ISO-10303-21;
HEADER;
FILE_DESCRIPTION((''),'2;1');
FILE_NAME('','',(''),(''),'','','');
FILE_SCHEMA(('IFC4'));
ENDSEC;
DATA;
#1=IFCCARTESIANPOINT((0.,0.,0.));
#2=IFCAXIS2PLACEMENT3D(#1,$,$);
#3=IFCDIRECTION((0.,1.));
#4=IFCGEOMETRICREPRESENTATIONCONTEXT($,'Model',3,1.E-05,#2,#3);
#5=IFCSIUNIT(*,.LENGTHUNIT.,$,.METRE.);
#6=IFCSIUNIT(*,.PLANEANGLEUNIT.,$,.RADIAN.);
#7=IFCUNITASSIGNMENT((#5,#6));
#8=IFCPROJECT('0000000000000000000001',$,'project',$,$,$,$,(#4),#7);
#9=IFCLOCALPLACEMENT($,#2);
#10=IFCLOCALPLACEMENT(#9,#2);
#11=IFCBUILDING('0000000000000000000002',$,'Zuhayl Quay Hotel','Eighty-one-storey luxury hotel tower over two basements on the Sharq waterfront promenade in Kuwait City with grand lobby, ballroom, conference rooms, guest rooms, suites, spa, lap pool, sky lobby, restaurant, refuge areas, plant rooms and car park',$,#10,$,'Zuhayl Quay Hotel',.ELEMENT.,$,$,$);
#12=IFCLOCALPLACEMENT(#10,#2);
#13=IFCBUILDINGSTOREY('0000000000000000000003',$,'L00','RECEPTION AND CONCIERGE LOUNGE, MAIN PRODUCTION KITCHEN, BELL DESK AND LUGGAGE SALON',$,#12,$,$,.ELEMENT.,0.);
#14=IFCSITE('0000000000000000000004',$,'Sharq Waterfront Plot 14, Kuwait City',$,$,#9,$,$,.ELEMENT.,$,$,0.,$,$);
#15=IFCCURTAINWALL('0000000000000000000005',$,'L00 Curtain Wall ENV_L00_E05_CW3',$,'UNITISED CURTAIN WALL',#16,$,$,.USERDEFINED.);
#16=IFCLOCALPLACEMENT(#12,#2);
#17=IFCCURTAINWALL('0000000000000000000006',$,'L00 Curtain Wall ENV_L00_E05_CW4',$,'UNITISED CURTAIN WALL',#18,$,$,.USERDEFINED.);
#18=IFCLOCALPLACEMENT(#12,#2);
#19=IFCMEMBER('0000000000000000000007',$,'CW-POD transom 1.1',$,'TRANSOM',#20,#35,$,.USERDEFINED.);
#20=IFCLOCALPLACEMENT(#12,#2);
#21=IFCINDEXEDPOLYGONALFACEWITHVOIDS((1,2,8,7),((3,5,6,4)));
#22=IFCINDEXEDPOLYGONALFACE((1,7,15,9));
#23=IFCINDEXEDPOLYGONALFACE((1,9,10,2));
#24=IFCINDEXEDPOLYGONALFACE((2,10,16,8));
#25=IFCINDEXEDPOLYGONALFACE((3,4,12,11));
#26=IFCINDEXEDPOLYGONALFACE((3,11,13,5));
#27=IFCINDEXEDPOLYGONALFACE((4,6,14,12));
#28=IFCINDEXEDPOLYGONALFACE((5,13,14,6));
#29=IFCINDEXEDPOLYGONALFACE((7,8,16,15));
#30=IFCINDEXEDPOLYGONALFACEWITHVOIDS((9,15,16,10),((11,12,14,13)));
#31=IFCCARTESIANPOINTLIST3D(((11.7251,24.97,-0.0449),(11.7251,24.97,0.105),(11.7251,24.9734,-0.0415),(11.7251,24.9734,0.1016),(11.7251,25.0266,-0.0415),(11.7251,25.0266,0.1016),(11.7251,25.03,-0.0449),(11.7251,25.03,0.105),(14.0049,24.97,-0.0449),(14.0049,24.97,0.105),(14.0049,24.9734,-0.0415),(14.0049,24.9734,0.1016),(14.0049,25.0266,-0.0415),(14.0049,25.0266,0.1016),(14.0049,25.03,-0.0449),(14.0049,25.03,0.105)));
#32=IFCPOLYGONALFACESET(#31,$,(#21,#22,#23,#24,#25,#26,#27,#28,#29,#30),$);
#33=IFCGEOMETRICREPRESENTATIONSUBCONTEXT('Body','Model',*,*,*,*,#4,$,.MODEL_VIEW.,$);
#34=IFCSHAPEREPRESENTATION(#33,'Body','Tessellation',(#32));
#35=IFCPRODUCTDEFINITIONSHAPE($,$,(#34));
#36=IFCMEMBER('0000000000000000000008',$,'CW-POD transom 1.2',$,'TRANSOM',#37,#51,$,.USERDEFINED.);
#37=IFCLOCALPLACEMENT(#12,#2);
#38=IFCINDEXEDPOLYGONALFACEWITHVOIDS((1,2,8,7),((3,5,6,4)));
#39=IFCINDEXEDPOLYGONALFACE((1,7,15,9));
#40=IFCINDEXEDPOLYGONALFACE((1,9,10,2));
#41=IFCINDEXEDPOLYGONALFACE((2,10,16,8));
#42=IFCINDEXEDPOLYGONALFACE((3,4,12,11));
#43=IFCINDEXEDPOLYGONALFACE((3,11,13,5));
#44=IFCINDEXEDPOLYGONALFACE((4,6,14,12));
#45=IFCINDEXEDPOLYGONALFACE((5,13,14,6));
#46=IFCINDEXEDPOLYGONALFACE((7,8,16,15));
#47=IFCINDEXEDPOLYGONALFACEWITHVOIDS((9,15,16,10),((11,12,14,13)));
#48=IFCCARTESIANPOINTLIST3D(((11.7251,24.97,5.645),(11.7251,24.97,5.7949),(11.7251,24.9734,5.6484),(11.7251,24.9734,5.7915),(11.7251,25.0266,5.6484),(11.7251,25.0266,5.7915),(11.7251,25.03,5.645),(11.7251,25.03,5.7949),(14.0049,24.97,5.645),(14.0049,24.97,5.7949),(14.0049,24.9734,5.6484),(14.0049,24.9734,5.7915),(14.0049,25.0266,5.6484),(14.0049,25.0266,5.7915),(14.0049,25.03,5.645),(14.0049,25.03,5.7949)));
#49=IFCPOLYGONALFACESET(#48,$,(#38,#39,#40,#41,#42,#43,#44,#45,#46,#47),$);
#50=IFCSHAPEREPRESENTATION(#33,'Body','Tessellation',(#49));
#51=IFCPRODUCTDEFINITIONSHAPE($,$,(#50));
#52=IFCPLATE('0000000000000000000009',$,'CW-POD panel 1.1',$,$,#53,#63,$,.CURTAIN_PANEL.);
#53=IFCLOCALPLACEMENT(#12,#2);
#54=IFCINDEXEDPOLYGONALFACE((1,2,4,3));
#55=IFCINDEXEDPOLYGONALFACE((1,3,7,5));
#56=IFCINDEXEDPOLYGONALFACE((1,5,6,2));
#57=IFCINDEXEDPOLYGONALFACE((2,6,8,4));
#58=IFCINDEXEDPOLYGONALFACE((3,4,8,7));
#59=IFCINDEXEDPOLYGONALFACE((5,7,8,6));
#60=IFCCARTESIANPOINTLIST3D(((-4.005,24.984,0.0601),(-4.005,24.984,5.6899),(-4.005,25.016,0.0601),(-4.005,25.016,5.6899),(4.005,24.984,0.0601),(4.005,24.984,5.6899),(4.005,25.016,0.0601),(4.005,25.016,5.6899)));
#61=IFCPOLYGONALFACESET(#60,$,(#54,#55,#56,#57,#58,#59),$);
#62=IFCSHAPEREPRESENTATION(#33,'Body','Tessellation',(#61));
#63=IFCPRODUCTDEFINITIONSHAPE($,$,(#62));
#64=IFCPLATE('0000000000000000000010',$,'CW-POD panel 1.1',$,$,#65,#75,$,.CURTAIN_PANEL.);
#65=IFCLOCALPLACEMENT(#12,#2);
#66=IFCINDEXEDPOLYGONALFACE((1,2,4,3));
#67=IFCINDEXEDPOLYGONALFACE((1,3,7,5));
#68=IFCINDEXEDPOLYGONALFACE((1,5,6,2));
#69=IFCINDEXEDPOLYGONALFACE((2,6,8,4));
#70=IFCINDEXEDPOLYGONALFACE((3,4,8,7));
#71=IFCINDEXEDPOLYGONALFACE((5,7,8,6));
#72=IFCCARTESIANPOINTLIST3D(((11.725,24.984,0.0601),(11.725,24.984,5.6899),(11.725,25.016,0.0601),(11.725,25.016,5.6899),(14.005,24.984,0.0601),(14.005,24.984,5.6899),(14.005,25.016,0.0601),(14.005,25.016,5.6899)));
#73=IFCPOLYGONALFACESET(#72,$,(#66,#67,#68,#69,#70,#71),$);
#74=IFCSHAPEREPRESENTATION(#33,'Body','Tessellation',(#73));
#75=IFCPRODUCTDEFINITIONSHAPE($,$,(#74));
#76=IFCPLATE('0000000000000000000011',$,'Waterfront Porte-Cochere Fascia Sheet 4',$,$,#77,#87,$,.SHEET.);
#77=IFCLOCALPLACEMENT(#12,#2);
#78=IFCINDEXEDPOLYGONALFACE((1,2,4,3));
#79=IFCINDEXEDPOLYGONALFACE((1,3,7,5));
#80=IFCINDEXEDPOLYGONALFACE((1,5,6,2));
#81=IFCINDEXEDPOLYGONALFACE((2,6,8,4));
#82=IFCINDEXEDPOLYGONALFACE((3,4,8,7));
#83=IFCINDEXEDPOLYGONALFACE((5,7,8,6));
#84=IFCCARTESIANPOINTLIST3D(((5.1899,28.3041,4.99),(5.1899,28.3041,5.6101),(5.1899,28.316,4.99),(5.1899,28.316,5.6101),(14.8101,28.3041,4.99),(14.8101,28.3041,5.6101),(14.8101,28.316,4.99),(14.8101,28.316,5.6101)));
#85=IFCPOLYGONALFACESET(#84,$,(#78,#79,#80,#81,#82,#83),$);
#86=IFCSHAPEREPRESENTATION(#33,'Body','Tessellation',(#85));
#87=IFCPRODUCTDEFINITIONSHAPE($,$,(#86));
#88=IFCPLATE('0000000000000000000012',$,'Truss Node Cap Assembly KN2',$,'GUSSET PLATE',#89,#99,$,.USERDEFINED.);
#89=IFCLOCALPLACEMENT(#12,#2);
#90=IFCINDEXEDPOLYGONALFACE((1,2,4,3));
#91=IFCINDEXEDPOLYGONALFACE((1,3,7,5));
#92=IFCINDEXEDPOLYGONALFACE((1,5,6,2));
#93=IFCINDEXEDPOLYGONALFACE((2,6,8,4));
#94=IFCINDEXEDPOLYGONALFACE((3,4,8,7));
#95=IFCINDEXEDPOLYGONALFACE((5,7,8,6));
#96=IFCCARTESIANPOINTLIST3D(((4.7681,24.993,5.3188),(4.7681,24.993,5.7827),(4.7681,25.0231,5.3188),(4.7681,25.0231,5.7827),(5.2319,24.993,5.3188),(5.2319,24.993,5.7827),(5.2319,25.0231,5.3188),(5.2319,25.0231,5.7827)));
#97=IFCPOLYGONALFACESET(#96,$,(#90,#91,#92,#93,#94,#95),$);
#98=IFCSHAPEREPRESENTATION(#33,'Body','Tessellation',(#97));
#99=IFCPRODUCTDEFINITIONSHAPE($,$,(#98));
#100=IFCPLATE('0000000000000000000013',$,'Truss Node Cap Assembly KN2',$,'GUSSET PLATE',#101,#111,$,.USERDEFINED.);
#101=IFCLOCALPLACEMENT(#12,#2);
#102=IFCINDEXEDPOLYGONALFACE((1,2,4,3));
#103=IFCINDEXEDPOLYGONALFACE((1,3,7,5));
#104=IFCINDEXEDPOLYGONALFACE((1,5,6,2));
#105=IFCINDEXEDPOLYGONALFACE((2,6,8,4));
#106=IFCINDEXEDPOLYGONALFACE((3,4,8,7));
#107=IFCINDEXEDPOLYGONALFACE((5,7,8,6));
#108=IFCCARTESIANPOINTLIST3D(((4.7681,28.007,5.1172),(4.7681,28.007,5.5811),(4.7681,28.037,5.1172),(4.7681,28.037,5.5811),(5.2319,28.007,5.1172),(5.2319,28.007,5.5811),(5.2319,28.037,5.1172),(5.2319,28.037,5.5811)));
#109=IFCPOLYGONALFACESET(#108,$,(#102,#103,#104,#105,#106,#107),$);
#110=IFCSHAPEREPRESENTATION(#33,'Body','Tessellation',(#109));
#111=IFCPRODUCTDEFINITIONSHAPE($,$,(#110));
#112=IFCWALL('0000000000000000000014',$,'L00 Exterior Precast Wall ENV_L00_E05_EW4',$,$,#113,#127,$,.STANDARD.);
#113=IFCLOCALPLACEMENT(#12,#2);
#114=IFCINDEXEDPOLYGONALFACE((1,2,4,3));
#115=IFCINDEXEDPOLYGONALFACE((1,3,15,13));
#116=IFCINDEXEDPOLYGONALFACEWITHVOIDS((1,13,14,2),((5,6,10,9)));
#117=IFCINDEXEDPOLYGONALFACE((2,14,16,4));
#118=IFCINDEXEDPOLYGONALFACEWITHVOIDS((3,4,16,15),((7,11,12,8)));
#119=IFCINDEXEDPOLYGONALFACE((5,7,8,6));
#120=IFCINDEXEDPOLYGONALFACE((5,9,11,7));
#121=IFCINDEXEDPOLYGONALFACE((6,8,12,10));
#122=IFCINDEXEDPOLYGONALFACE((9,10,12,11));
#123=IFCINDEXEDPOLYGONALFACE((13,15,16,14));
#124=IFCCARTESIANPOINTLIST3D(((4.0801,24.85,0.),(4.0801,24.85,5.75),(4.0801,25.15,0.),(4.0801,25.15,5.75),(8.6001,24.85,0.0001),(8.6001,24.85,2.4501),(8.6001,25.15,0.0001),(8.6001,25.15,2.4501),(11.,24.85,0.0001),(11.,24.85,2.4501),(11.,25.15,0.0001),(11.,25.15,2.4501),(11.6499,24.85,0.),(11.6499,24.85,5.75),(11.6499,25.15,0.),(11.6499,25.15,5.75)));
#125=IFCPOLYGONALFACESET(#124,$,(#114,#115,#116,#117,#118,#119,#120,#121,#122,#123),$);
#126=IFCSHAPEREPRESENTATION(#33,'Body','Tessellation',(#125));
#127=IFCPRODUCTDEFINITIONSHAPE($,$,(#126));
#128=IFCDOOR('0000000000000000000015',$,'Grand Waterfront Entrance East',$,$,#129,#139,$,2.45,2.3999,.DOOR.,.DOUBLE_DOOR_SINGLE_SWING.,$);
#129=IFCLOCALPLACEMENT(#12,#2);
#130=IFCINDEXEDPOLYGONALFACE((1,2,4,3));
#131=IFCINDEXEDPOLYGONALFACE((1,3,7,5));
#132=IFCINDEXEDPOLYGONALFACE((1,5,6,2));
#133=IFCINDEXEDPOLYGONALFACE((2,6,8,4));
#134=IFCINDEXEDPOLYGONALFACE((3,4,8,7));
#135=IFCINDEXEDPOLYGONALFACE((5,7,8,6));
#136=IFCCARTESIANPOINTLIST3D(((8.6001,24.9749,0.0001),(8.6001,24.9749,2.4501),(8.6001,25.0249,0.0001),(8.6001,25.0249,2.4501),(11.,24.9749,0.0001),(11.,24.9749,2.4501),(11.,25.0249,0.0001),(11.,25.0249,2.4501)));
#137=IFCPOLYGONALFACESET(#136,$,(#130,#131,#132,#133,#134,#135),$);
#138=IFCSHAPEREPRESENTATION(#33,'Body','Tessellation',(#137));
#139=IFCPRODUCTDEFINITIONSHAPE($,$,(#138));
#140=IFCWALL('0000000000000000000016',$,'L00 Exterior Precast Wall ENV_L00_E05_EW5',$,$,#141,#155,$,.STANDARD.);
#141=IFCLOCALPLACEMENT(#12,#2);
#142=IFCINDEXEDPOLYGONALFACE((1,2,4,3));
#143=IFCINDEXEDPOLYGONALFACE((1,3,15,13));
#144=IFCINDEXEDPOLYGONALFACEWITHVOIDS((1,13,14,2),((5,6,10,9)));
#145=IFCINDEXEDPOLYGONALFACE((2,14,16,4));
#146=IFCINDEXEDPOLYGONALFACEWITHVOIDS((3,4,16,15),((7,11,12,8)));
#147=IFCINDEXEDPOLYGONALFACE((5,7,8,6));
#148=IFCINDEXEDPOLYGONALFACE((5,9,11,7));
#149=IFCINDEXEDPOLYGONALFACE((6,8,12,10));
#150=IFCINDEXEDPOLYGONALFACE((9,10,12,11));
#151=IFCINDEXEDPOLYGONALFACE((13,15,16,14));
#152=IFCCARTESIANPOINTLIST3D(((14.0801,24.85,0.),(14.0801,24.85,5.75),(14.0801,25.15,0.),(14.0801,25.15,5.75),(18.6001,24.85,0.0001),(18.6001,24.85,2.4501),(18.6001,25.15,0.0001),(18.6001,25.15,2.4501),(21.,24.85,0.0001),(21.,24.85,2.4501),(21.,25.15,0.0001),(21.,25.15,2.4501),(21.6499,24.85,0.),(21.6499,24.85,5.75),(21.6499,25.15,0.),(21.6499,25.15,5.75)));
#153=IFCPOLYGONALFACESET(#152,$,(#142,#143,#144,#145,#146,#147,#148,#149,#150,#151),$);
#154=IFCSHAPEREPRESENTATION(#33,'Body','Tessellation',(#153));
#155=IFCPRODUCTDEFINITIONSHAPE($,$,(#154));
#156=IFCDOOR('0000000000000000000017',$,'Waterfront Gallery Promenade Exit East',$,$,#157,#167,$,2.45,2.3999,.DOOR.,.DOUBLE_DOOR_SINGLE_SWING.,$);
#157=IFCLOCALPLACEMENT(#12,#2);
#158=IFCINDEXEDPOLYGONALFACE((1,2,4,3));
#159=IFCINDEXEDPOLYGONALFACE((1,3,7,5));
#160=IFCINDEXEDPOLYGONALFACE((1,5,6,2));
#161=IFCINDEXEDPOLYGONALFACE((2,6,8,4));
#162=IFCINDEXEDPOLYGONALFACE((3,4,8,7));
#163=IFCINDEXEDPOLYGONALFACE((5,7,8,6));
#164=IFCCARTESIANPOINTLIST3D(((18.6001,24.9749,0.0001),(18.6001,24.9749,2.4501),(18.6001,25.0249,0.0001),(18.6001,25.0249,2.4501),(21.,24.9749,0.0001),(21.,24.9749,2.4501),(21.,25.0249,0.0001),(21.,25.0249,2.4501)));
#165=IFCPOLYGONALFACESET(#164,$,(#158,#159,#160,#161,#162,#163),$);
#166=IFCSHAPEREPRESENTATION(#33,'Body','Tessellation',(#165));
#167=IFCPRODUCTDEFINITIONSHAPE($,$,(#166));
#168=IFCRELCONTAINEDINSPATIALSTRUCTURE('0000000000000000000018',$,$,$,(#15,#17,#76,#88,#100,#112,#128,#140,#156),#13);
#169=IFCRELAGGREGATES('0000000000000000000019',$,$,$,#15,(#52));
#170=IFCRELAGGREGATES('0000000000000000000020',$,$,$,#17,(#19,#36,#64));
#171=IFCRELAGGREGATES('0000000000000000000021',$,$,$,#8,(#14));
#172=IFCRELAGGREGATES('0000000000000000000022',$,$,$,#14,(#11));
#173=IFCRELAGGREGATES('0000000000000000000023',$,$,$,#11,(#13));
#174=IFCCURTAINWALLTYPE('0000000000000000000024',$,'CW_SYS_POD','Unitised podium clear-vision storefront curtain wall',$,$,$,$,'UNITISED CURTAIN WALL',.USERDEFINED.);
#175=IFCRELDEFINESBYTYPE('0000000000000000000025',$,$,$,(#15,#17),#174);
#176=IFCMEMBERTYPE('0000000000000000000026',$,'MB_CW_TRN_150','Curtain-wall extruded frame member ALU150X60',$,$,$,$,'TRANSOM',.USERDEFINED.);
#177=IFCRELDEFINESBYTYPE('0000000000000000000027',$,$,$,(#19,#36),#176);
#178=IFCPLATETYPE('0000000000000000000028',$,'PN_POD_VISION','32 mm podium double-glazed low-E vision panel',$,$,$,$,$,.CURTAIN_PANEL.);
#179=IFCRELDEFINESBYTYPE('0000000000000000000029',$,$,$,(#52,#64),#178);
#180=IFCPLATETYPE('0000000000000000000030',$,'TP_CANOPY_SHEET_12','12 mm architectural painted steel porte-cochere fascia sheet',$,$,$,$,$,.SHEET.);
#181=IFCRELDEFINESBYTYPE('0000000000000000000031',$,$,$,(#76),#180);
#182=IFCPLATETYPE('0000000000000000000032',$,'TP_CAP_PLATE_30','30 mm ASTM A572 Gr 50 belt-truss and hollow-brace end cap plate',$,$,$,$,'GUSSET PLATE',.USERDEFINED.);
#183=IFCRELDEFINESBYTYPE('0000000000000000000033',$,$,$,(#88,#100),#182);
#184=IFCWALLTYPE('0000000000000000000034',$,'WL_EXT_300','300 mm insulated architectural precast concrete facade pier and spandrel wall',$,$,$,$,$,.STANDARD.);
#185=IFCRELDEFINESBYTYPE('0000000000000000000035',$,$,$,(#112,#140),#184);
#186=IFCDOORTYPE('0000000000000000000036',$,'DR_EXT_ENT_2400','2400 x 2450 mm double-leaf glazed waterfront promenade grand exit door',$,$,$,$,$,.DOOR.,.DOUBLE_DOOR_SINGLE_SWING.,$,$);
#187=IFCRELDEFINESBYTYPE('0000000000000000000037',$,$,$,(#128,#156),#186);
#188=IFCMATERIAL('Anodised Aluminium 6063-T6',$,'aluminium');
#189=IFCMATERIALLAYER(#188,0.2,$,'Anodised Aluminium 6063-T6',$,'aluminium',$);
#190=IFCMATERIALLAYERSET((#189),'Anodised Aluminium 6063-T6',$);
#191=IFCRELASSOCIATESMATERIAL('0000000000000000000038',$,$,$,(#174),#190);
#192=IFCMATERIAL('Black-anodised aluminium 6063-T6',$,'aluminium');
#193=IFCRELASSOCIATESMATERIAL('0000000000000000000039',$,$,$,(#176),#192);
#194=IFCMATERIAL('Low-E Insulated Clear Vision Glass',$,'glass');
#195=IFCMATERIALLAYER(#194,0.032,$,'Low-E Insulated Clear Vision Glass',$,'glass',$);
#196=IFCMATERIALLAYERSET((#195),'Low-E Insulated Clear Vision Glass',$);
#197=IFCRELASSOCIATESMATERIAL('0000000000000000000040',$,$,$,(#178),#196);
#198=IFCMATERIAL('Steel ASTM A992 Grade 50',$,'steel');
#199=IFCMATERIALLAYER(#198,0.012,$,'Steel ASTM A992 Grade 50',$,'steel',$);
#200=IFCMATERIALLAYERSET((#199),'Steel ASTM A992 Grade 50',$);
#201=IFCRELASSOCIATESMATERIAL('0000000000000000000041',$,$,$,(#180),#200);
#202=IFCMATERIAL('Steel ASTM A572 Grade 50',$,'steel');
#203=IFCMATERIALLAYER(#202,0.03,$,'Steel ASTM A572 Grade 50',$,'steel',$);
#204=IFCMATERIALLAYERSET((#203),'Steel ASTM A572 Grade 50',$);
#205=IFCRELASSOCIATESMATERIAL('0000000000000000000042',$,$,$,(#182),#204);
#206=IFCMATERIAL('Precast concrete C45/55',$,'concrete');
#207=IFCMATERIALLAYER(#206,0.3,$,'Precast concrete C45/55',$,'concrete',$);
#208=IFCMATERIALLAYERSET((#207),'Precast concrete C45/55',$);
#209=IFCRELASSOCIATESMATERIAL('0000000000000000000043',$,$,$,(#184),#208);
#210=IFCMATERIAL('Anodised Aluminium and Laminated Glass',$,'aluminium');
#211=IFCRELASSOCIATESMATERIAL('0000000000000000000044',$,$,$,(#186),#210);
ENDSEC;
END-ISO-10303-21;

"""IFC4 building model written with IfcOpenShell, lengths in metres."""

from ifc_helpers import new_model, si_unit, direction, frame, frame_2d, origin, origin_2d, place, context, subcontext, project, spatial, rectangle, hollow_rectangle, extrude, material, layer, layer_set, material_profile, profile_set, type_object, element, fill, aggregate, save


model = new_model("IFC4")

# Units and contexts
model_context = context("Model", 3, precision=1e-05, world=origin(), true_north=direction((0.0, 1.0)))
body_context = subcontext(model_context, "Body", "Model", "MODEL_VIEW")
ifc_project = project(units=[si_unit("LENGTHUNIT", "METRE"), si_unit("PLANEANGLEUNIT", "RADIAN")], contexts=[model_context])

# Site, building, storey
site_placement = place(None, origin())
site = spatial("IfcSite", under=ifc_project, at=site_placement, Name="Sharq Waterfront Plot 14, Kuwait City", CompositionType="ELEMENT", RefElevation=0.0)
building_placement = place(site_placement, origin())
building = spatial("IfcBuilding", under=site, at=building_placement, Name="Zuhayl Quay Hotel", Description="Eighty-one-storey luxury hotel tower over two basements on the Sharq waterfront promenade in Kuwait City with grand lobby, ballroom, conference rooms, guest rooms, suites, spa, lap pool, sky lobby, restaurant, refuge areas, plant rooms and car park", LongName="Zuhayl Quay Hotel", CompositionType="ELEMENT")
storey_placement = place(building_placement, origin())
storey = spatial("IfcBuildingStorey", under=building, at=storey_placement, Name="L00", Description="RECEPTION AND CONCIERGE LOUNGE, MAIN PRODUCTION KITCHEN, BELL DESK AND LUGGAGE SALON", CompositionType="ELEMENT", Elevation=0.0)

# Shared definitions
ifc_material_1 = material(Name="Steel ASTM A992 Grade 50", Category="steel")

# Curtain wall
ifc_material_2 = material(Name="Anodised Aluminium 6063-T6", Category="aluminium")
ifc_layer_1 = layer(ifc_material_2, 0.2, Name="Anodised Aluminium 6063-T6", Category="aluminium")
ifc_layer_set_1 = layer_set([ifc_layer_1], Name="Anodised Aluminium 6063-T6")
curtain_wall_type = type_object("IfcCurtainWallType", Name="CW_SYS_POD", Description="Unitised podium clear-vision storefront curtain wall", ElementType="UNITISED CURTAIN WALL", PredefinedType="USERDEFINED", material=ifc_layer_set_1)
curtain_wall_1_placement = place(storey_placement, origin())
curtain_wall_1 = element("IfcCurtainWall", 1, at=curtain_wall_1_placement, inside=storey, type_object=curtain_wall_type, Name="L00 Curtain Wall ENV_L00_E05_CW3", ObjectType="UNITISED CURTAIN WALL", PredefinedType="USERDEFINED")
ifc_material_3 = material(Name="Black-anodised aluminium 6063-T6", Category="aluminium")

# Curtain wall, members
curtain_wall_2_placement = place(storey_placement, origin())
curtain_wall_2 = element("IfcCurtainWall", 2, at=curtain_wall_2_placement, inside=storey, type_object=curtain_wall_type, Name="L00 Curtain Wall ENV_L00_E05_CW4", ObjectType="UNITISED CURTAIN WALL", PredefinedType="USERDEFINED")
ifc_material_profile_1 = material_profile(ifc_material_3, hollow_rectangle(XDim=0.0601, YDim=0.1499, WallThickness=0.0034, at=origin_2d()), Name="ALU150X60")
ifc_profile_set_1 = profile_set([ifc_material_profile_1], Name="Black-anodised aluminium 6063-T6")
member_type_1 = type_object("IfcMemberType", Name="MB_CW_TRN_150", Description="Curtain-wall extruded frame member ALU150X60", ElementType="TRANSOM", PredefinedType="USERDEFINED", material=ifc_profile_set_1)
member_1_placement = place(storey_placement, frame((11.7251, 25.0, 0.03), z_axis=(1.0, 0.0, 0.0), x_axis=(0.0, 1.0, 0.0)))
member_1 = element("IfcMember", 3, at=member_1_placement, type_object=member_type_1, Name="CW-POD transom 1.1", ObjectType="TRANSOM", PredefinedType="USERDEFINED", context=body_context, shape_type="SweptSolid", body=[
    extrude(hollow_rectangle(XDim=0.0601, YDim=0.1499, WallThickness=0.0034, at=origin_2d()), origin(), (0.0, 0.0, 1.0), 2.2798),
])
member_2_placement = place(storey_placement, frame((11.7251, 25.0, 5.72), z_axis=(1.0, 0.0, 0.0), x_axis=(0.0, 1.0, 0.0)))
member_2 = element("IfcMember", 4, at=member_2_placement, type_object=member_type_1, Name="CW-POD transom 1.2", ObjectType="TRANSOM", PredefinedType="USERDEFINED", context=body_context, shape_type="SweptSolid", body=[
    extrude(hollow_rectangle(XDim=0.0601, YDim=0.1499, WallThickness=0.0034, at=origin_2d()), origin(), (0.0, 0.0, 1.0), 2.2798),
])

# Plates
ifc_material_4 = material(Name="Low-E Insulated Clear Vision Glass", Category="glass")
ifc_layer_2 = layer(ifc_material_4, 0.032, Name="Low-E Insulated Clear Vision Glass", Category="glass")
ifc_layer_set_2 = layer_set([ifc_layer_2], Name="Low-E Insulated Clear Vision Glass")
plate_type_1 = type_object("IfcPlateType", Name="PN_POD_VISION", Description="32 mm podium double-glazed low-E vision panel", PredefinedType="CURTAIN_PANEL", material=ifc_layer_set_2)
plate_1_placement = place(storey_placement, frame((0.0, 25.0, 0.0601), z_axis=(0.0, 0.0, 1.0), x_axis=(1.0, 0.0, 0.0)))
plate_1 = element("IfcPlate", 5, at=plate_1_placement, type_object=plate_type_1, Name="CW-POD panel 1.1", PredefinedType="CURTAIN_PANEL", context=body_context, shape_type="SweptSolid", body=[
    extrude(rectangle(XDim=8.01, YDim=0.032, at=origin_2d()), origin(), (0.0, 0.0, 1.0), 5.6299),
])
aggregate(curtain_wall_1, [plate_1])
plate_2_placement = place(storey_placement, frame((12.865, 25.0, 0.0601), z_axis=(0.0, 0.0, 1.0), x_axis=(1.0, 0.0, 0.0)))
plate_2 = element("IfcPlate", 6, at=plate_2_placement, type_object=plate_type_1, Name="CW-POD panel 1.1", PredefinedType="CURTAIN_PANEL", context=body_context, shape_type="SweptSolid", body=[
    extrude(rectangle(XDim=2.28, YDim=0.032, at=origin_2d()), origin(), (0.0, 0.0, 1.0), 5.6299),
])
aggregate(curtain_wall_2, [member_1, member_2, plate_2])

# Plates
ifc_layer_3 = layer(ifc_material_1, 0.012, Name="Steel ASTM A992 Grade 50", Category="steel")
ifc_layer_set_3 = layer_set([ifc_layer_3], Name="Steel ASTM A992 Grade 50")
plate_type_2 = type_object("IfcPlateType", Name="TP_CANOPY_SHEET_12", Description="12 mm architectural painted steel porte-cochere fascia sheet", PredefinedType="SHEET", material=ifc_layer_set_3)
plate_3_placement = place(storey_placement, frame((10.0, 28.3101, 4.99), z_axis=(0.0, 0.0, 1.0), x_axis=(1.0, 0.0, 0.0)))
element("IfcPlate", 7, at=plate_3_placement, inside=storey, type_object=plate_type_2, Name="Waterfront Porte-Cochere Fascia Sheet 4", PredefinedType="SHEET", context=body_context, shape_type="SweptSolid", body=[
    extrude(rectangle(XDim=9.6201, YDim=0.012, at=origin_2d()), origin(), (0.0, 0.0, 1.0), 0.6201),
])
ifc_material_5 = material(Name="Steel ASTM A572 Grade 50", Category="steel")
ifc_layer_4 = layer(ifc_material_5, 0.03, Name="Steel ASTM A572 Grade 50", Category="steel")
ifc_layer_set_4 = layer_set([ifc_layer_4], Name="Steel ASTM A572 Grade 50")
plate_type_3 = type_object("IfcPlateType", Name="TP_CAP_PLATE_30", Description="30 mm ASTM A572 Gr 50 belt-truss and hollow-brace end cap plate", ElementType="GUSSET PLATE", PredefinedType="USERDEFINED", material=ifc_layer_set_4)
for number, where, z_axis, x_axis, name in (
    (8, (5.0, 25.0081, 5.3188), (0.0, 0.0, 1.0), (0.0, -1.0, 0.0), "Truss Node Cap Assembly KN2"),
    (9, (5.0, 28.022, 5.1172), (0.0, 0.0, 1.0), (0.0, 1.0, 0.0), "Truss Node Cap Assembly KN2"),
):
    element("IfcPlate", number, at=place(storey_placement, frame(where, z_axis=z_axis, x_axis=x_axis)), inside=storey, type_object=plate_type_3, Name=name, ObjectType="GUSSET PLATE", PredefinedType="USERDEFINED", context=body_context, shape_type="SweptSolid", body=[
        extrude(rectangle(XDim=0.03, YDim=0.4639, at=origin_2d()), origin(), (0.0, 0.0, 1.0), 0.4639),
    ])

# Walls, openings, doors
ifc_material_6 = material(Name="Precast concrete C45/55", Category="concrete")
ifc_layer_5 = layer(ifc_material_6, 0.3, Name="Precast concrete C45/55", Category="concrete")
ifc_layer_set_5 = layer_set([ifc_layer_5], Name="Precast concrete C45/55")
wall_type = type_object("IfcWallType", Name="WL_EXT_300", Description="300 mm insulated architectural precast concrete facade pier and spandrel wall", PredefinedType="STANDARD", material=ifc_layer_set_5)
wall_1_placement = place(storey_placement, frame((4.0801, 25.0, 0.0), z_axis=(0.0, 0.0, 1.0), x_axis=(1.0, 0.0, 0.0)))
wall_1 = element("IfcWall", 10, at=wall_1_placement, inside=storey, type_object=wall_type, Name="L00 Exterior Precast Wall ENV_L00_E05_EW4", PredefinedType="STANDARD", context=body_context, shape_type="SweptSolid", body=[
    extrude(rectangle(XDim=7.5698, YDim=0.3, at=frame_2d((3.7849, 0.0))), origin(), (0.0, 0.0, 1.0), 5.75),
])
opening_1_placement = place(wall_1_placement, frame((4.52, 0.0, 0.0)))
opening_1 = element("IfcOpeningElement", 11, at=opening_1_placement, cuts=wall_1, PredefinedType="OPENING", context=body_context, shape_type="SweptSolid", body=[
    extrude(rectangle(XDim=2.3999, YDim=2.45, at=frame_2d((1.2, 1.2251))), frame((0.0, 0.1599, 0.0), z_axis=(0.0, -1.0, 0.0), x_axis=(1.0, 0.0, 0.0)), (0.0, 0.0, 1.0), 0.3201),
])
ifc_material_7 = material(Name="Anodised Aluminium and Laminated Glass", Category="aluminium")
door_type = type_object("IfcDoorType", Name="DR_EXT_ENT_2400", Description="2400 x 2450 mm double-leaf glazed waterfront promenade grand exit door", OperationType="DOUBLE_DOOR_SINGLE_SWING", PredefinedType="DOOR", material=ifc_material_7)
door_1_placement = place(opening_1_placement, origin())
door_1 = element("IfcDoor", 12, at=door_1_placement, inside=storey, type_object=door_type, Name="Grand Waterfront Entrance East", OperationType="DOUBLE_DOOR_SINGLE_SWING", OverallHeight=2.45, OverallWidth=2.3999, PredefinedType="DOOR", context=body_context, shape_type="SweptSolid", body=[
    extrude(rectangle(XDim=2.3999, YDim=2.45, at=frame_2d((1.2, 1.2251))), frame((0.0, 0.0249, 0.0), z_axis=(0.0, -1.0, 0.0), x_axis=(1.0, 0.0, 0.0)), (0.0, 0.0, 1.0), 0.05),
])
fill(opening_1, door_1)
wall_2_placement = place(storey_placement, frame((14.0801, 25.0, 0.0), z_axis=(0.0, 0.0, 1.0), x_axis=(1.0, 0.0, 0.0)))
wall_2 = element("IfcWall", 13, at=wall_2_placement, inside=storey, type_object=wall_type, Name="L00 Exterior Precast Wall ENV_L00_E05_EW5", PredefinedType="STANDARD", context=body_context, shape_type="SweptSolid", body=[
    extrude(rectangle(XDim=7.5698, YDim=0.3, at=frame_2d((3.7849, 0.0))), origin(), (0.0, 0.0, 1.0), 5.75),
])
opening_2_placement = place(wall_2_placement, frame((4.52, 0.0, 0.0)))
opening_2 = element("IfcOpeningElement", 14, at=opening_2_placement, cuts=wall_2, PredefinedType="OPENING", context=body_context, shape_type="SweptSolid", body=[
    extrude(rectangle(XDim=2.3999, YDim=2.45, at=frame_2d((1.2, 1.2251))), frame((0.0, 0.1599, 0.0), z_axis=(0.0, -1.0, 0.0), x_axis=(1.0, 0.0, 0.0)), (0.0, 0.0, 1.0), 0.3201),
])
door_2_placement = place(opening_2_placement, origin())
door_2 = element("IfcDoor", 15, at=door_2_placement, inside=storey, type_object=door_type, Name="Waterfront Gallery Promenade Exit East", OperationType="DOUBLE_DOOR_SINGLE_SWING", OverallHeight=2.45, OverallWidth=2.3999, PredefinedType="DOOR", context=body_context, shape_type="SweptSolid", body=[
    extrude(rectangle(XDim=2.3999, YDim=2.45, at=frame_2d((1.2, 1.2251))), frame((0.0, 0.0249, 0.0), z_axis=(0.0, -1.0, 0.0), x_axis=(1.0, 0.0, 0.0)), (0.0, 0.0, 1.0), 0.05),
])
fill(opening_2, door_2)

save(model, "model.ifc")
